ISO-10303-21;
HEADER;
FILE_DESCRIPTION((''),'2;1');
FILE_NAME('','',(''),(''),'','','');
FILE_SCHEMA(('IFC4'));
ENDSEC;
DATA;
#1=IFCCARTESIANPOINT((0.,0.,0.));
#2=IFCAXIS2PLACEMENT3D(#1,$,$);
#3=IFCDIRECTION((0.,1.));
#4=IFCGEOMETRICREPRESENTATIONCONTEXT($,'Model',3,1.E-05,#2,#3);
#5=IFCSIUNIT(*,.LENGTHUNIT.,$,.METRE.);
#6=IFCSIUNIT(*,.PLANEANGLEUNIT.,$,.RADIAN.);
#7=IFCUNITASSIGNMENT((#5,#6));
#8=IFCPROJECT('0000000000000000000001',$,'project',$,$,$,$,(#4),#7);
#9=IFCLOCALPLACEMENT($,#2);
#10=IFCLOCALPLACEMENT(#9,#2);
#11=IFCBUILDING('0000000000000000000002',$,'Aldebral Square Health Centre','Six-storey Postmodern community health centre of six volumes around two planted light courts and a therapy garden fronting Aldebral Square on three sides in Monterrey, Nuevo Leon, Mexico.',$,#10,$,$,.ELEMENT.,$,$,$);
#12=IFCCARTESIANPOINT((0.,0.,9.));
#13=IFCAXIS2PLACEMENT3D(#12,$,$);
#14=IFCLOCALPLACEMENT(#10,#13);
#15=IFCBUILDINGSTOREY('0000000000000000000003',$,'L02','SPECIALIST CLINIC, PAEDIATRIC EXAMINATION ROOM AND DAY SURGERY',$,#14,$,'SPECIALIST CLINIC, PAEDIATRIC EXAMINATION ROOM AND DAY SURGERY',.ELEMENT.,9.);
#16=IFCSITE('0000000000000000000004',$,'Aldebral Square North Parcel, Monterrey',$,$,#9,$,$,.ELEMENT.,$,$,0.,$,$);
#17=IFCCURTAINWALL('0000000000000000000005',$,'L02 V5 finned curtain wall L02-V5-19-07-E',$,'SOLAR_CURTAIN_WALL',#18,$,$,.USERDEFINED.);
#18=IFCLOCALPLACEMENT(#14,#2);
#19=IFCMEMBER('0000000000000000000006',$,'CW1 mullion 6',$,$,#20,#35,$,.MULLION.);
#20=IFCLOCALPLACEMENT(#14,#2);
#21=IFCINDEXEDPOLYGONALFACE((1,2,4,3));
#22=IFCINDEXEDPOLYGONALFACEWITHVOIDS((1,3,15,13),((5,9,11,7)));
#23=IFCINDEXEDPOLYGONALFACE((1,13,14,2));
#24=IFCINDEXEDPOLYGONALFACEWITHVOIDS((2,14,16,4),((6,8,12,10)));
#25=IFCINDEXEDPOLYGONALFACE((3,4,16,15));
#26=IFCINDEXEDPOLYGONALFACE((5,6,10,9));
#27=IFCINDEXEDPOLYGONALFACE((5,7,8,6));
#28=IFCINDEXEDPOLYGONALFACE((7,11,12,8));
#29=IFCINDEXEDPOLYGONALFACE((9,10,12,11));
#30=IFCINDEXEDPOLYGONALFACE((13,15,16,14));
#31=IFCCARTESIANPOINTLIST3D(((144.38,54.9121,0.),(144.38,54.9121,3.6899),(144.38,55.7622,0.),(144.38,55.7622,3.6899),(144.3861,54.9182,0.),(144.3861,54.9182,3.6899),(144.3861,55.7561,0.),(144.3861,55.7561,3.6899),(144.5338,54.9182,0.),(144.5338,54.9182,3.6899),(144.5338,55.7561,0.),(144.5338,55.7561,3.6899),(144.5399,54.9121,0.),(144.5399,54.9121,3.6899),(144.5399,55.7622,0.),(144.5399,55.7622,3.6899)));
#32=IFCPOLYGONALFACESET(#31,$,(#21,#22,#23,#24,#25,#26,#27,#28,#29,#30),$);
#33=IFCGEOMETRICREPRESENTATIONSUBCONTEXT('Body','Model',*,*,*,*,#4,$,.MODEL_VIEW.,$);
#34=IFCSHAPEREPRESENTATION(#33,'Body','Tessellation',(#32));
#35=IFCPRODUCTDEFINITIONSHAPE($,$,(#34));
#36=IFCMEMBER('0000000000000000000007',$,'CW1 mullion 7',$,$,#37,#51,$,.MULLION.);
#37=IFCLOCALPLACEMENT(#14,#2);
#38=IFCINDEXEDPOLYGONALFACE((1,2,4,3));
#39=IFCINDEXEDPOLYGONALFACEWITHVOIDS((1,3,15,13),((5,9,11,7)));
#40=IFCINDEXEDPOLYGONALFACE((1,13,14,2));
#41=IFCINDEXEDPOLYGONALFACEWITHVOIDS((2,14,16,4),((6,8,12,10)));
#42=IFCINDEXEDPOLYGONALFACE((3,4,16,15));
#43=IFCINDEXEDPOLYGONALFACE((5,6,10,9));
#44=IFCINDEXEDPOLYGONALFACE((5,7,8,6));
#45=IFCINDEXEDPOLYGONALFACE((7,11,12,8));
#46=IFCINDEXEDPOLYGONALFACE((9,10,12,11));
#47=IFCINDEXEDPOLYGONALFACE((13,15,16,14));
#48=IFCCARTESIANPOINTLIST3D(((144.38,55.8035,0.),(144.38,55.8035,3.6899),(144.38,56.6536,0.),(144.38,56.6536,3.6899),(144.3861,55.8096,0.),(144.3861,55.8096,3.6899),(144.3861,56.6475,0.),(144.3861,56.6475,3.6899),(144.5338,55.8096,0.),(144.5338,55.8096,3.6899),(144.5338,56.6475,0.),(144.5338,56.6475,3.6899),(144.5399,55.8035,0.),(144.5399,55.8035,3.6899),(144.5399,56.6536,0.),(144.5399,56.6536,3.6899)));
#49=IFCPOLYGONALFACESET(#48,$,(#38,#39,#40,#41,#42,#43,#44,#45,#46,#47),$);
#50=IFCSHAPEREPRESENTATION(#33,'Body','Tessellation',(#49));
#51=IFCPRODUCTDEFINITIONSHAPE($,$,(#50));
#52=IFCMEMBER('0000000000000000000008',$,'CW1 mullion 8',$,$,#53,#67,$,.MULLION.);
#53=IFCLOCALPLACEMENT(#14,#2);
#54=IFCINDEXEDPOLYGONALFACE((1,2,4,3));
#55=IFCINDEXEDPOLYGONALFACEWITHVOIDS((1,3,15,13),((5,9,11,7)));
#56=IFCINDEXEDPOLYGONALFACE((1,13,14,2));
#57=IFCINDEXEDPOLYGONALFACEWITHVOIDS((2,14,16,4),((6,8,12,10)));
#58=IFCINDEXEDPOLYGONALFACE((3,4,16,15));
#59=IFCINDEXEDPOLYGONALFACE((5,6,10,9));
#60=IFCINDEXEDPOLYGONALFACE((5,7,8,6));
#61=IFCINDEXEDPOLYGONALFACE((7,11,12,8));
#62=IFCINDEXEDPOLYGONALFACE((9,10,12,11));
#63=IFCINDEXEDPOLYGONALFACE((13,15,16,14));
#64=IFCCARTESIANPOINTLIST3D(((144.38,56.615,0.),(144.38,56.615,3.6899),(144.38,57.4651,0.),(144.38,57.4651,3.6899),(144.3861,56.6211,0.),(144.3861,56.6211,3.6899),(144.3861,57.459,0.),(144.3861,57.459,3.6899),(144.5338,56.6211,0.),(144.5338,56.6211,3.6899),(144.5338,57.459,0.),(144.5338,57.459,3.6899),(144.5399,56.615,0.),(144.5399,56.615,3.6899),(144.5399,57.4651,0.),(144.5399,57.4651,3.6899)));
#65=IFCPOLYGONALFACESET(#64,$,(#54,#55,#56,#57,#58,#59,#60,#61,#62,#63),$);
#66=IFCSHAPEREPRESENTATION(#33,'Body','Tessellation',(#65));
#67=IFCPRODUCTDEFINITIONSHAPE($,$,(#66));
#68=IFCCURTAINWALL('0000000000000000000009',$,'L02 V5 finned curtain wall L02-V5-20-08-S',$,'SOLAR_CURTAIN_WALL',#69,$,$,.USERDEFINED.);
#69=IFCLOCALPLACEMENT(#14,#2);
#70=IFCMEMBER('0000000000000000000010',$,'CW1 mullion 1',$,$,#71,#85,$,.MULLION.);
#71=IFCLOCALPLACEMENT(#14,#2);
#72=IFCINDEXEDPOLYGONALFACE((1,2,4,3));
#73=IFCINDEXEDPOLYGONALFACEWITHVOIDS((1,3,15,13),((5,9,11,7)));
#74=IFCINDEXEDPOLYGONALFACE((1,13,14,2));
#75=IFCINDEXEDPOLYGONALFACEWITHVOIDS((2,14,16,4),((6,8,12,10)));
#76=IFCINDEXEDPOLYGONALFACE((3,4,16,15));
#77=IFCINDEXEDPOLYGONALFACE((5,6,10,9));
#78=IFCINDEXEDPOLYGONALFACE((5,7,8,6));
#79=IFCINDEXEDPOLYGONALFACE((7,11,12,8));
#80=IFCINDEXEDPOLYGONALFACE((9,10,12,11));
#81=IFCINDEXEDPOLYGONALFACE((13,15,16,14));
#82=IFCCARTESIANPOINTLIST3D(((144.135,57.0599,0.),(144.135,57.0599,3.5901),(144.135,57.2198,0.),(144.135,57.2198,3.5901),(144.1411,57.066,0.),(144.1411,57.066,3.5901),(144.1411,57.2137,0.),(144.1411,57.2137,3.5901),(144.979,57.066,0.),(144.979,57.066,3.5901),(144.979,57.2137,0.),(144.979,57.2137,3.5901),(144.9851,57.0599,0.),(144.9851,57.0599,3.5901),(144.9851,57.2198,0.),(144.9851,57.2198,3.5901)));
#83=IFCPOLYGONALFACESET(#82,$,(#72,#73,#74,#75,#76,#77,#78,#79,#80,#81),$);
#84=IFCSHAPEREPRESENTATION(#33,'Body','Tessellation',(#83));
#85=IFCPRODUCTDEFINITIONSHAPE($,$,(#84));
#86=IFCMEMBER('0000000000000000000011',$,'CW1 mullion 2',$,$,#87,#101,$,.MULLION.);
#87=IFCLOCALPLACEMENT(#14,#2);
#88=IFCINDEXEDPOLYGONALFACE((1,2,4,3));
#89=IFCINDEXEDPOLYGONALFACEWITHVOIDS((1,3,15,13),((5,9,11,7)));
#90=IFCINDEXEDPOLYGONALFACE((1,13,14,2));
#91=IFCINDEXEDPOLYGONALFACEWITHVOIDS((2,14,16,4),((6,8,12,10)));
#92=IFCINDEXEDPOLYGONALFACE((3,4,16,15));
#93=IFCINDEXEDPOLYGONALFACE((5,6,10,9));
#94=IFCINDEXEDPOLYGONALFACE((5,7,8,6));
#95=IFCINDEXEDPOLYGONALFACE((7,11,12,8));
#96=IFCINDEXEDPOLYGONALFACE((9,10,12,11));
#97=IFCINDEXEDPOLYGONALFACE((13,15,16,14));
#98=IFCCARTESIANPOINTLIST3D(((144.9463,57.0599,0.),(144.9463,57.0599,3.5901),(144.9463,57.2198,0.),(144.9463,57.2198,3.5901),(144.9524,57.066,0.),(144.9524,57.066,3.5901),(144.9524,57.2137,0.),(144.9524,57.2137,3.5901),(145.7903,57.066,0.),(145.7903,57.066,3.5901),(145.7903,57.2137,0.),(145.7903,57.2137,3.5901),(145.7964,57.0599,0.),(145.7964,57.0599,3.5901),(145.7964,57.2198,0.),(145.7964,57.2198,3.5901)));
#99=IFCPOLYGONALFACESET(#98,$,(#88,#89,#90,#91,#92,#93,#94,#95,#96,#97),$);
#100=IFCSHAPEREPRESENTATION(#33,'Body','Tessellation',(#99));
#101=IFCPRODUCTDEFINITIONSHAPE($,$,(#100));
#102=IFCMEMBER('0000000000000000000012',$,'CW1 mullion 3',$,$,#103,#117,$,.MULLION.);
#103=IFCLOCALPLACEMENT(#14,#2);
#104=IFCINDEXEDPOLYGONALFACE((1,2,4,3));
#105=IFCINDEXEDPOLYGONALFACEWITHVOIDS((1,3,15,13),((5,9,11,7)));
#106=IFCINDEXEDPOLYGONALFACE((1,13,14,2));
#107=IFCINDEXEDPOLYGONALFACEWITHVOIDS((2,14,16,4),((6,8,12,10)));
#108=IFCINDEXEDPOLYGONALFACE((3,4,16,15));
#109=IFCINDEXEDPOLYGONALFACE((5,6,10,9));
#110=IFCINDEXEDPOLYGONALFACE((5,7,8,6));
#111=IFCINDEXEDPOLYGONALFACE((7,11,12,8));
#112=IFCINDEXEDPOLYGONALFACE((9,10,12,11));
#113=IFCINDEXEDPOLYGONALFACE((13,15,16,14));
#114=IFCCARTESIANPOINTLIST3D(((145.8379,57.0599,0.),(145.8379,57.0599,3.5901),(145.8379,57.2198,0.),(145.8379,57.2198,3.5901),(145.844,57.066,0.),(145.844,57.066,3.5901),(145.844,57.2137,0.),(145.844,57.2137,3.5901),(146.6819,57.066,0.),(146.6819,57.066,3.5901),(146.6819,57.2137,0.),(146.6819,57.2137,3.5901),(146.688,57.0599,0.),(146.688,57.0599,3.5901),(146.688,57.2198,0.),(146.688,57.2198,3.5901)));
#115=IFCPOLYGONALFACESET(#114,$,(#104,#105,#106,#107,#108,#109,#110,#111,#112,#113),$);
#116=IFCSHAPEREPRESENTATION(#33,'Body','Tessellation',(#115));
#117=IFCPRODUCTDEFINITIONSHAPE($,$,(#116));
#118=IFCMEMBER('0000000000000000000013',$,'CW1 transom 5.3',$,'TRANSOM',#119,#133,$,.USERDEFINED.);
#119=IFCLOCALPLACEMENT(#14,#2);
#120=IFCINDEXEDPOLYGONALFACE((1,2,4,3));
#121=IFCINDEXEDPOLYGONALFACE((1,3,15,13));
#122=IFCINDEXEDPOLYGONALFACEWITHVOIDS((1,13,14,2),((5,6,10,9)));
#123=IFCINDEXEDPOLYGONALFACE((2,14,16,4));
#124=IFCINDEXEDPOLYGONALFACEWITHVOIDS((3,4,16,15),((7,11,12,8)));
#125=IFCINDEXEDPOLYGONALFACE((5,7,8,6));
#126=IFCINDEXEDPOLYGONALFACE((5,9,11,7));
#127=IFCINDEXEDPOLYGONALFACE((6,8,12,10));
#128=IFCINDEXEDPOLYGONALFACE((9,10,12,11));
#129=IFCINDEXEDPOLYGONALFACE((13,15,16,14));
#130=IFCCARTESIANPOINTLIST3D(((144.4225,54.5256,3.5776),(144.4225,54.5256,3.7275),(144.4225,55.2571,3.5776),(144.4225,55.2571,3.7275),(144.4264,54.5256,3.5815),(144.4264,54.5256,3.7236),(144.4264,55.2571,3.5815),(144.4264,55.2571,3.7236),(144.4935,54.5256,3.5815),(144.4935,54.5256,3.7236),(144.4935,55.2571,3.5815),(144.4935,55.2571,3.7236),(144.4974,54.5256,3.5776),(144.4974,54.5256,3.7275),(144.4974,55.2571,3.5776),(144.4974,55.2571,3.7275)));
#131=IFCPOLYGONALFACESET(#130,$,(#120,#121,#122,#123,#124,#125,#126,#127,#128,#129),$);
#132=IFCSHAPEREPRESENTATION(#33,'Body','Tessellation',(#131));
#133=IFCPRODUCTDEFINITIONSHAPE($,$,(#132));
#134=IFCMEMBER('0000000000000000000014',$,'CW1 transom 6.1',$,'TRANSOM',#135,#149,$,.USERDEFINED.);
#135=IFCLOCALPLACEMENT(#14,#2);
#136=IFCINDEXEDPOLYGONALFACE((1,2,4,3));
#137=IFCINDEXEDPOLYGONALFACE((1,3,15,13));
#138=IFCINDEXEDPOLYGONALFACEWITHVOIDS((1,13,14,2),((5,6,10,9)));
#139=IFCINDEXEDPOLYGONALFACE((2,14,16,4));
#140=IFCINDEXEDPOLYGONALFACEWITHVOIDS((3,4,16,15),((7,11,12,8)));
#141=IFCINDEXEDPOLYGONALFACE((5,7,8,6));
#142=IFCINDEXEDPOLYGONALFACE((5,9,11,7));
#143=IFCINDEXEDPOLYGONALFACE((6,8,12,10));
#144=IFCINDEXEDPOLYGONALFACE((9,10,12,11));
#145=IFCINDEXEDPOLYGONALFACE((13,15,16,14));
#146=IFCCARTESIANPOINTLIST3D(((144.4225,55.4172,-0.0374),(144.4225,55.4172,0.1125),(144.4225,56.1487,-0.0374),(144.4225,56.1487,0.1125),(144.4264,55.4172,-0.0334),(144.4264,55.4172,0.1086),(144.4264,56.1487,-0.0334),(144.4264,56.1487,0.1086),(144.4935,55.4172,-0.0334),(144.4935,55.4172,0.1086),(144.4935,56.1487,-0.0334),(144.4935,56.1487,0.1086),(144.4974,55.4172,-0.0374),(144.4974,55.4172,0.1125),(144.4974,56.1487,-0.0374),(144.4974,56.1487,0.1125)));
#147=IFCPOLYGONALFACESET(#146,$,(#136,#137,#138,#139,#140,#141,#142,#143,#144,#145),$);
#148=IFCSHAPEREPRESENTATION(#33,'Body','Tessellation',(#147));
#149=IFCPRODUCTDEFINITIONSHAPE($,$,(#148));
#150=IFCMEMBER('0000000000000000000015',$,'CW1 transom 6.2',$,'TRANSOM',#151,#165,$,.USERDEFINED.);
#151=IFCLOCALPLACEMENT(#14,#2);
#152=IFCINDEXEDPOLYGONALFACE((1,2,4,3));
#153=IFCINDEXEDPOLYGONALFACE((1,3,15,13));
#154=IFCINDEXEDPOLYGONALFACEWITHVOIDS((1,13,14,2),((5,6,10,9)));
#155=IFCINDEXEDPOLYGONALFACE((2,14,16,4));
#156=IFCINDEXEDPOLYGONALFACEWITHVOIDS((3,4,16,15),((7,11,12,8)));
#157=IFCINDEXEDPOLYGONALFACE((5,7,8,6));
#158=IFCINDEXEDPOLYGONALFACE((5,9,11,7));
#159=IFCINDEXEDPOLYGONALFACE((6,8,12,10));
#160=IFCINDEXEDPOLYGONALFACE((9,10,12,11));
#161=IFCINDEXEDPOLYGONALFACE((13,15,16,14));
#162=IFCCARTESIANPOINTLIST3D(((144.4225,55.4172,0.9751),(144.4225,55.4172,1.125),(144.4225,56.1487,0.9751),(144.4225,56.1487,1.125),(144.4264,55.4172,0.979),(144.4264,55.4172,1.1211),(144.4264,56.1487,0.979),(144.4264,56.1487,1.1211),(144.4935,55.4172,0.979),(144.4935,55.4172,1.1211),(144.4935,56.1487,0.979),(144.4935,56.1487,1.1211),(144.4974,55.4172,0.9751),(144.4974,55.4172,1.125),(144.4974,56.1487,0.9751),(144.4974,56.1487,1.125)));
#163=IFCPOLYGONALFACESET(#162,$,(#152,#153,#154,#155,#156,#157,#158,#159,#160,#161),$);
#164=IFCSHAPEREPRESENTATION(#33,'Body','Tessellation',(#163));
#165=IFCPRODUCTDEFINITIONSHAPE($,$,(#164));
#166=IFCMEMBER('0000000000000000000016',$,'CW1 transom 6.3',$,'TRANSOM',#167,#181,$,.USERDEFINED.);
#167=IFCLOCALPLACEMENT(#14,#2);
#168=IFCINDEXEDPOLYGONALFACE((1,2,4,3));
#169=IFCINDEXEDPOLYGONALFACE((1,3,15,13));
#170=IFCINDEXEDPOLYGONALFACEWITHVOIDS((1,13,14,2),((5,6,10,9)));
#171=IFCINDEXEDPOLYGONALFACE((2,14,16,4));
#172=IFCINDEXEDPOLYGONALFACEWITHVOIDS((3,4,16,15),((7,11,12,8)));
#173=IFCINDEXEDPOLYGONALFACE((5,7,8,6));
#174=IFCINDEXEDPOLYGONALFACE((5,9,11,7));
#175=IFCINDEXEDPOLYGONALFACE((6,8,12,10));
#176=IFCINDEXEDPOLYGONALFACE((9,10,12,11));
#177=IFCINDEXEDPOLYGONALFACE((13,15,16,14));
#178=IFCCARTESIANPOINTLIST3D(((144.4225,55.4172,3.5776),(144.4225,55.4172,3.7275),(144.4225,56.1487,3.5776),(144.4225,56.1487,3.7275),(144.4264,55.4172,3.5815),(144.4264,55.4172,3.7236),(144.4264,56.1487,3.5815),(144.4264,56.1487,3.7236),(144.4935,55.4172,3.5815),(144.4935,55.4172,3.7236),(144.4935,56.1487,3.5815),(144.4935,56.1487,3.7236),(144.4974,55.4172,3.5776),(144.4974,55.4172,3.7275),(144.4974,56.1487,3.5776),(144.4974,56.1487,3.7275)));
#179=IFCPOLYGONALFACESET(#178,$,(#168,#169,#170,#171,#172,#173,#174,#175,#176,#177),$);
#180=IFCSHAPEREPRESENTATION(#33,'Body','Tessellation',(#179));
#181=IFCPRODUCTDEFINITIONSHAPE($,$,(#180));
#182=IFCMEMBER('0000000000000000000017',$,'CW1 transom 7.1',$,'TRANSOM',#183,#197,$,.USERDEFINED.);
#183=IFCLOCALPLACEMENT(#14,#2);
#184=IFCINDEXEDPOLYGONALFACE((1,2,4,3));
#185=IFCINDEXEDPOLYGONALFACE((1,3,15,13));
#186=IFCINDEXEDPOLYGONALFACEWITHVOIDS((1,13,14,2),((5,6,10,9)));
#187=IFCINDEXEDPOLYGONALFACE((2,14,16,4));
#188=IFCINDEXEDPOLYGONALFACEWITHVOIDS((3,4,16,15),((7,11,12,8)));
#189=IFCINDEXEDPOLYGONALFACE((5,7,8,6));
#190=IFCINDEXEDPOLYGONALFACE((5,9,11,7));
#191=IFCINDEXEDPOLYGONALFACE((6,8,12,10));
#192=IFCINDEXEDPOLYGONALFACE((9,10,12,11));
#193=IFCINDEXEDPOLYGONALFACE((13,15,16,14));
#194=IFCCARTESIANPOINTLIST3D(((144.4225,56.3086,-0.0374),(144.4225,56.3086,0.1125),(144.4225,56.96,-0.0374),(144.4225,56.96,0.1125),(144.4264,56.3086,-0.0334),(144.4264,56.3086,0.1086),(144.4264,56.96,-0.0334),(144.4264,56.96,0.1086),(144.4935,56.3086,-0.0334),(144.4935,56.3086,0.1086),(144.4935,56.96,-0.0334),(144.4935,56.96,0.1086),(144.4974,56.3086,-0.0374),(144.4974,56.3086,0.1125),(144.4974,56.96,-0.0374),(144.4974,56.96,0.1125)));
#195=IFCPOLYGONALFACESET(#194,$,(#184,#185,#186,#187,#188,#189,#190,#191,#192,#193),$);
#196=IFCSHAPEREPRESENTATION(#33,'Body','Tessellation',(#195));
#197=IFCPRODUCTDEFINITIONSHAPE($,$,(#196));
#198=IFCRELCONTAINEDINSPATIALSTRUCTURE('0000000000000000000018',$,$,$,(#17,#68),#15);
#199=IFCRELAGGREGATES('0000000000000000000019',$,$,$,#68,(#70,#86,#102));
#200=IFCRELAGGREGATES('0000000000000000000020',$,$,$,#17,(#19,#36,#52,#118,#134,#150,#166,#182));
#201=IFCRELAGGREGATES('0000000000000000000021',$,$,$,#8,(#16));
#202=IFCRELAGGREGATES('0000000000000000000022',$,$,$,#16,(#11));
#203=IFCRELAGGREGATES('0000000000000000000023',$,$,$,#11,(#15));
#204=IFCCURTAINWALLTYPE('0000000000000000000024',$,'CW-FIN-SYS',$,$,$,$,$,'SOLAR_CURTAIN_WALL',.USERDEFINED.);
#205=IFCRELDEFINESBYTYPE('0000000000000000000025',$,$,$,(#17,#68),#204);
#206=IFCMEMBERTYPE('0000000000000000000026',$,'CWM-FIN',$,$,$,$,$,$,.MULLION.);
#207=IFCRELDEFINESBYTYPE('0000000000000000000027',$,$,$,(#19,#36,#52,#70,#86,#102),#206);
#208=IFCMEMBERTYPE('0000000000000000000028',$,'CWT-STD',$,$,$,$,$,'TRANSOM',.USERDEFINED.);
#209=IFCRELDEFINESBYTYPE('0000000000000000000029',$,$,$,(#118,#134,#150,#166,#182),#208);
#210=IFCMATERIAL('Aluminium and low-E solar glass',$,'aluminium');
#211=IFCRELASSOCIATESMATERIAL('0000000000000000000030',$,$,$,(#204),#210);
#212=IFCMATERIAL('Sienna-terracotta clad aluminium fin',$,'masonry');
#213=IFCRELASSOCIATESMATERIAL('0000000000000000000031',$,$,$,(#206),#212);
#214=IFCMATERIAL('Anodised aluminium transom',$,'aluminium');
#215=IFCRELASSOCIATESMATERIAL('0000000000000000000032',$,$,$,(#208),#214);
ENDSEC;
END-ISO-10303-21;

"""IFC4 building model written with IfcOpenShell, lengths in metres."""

from ifc_helpers import new_model, si_unit, direction, frame, origin, origin_2d, place, context, subcontext, project, spatial, hollow_rectangle, extrude, material, material_profile, profile_set, type_object, element, aggregate, save


model = new_model("IFC4")

# Units and contexts
model_context = context("Model", 3, precision=1e-05, world=origin(), true_north=direction((0.0, 1.0)))
body_context = subcontext(model_context, "Body", "Model", "MODEL_VIEW")
ifc_project = project(units=[si_unit("LENGTHUNIT", "METRE"), si_unit("PLANEANGLEUNIT", "RADIAN")], contexts=[model_context])

# Site, building, storey
site_placement = place(None, origin())
site = spatial("IfcSite", under=ifc_project, at=site_placement, Name="Aldebral Square North Parcel, Monterrey", CompositionType="ELEMENT", RefElevation=0.0)
building_placement = place(site_placement, origin())
building = spatial("IfcBuilding", under=site, at=building_placement, Name="Aldebral Square Health Centre", Description="Six-storey Postmodern community health centre of six volumes around two planted light courts and a therapy garden fronting Aldebral Square on three sides in Monterrey, Nuevo Leon, Mexico.", CompositionType="ELEMENT")
storey_placement = place(building_placement, frame((0.0, 0.0, 9.0)))
storey = spatial("IfcBuildingStorey", under=building, at=storey_placement, Name="L02", Description="SPECIALIST CLINIC, PAEDIATRIC EXAMINATION ROOM AND DAY SURGERY", LongName="SPECIALIST CLINIC, PAEDIATRIC EXAMINATION ROOM AND DAY SURGERY", CompositionType="ELEMENT", Elevation=9.0)

# Curtain walls, members
ifc_material_1 = material(Name="Aluminium and low-E solar glass", Category="aluminium")
curtain_wall_type = type_object("IfcCurtainWallType", Name="CW-FIN-SYS", ElementType="SOLAR_CURTAIN_WALL", PredefinedType="USERDEFINED", material=ifc_material_1)
curtain_wall_1_placement = place(storey_placement, origin())
curtain_wall_1 = element("IfcCurtainWall", 1, at=curtain_wall_1_placement, inside=storey, type_object=curtain_wall_type, Name="L02 V5 finned curtain wall L02-V5-19-07-E", ObjectType="SOLAR_CURTAIN_WALL", PredefinedType="USERDEFINED")
ifc_material_2 = material(Name="Sienna-terracotta clad aluminium fin", Category="masonry")
ifc_material_profile_1 = material_profile(ifc_material_2, hollow_rectangle(XDim=0.1599, YDim=0.8501, WallThickness=0.0061, at=origin_2d()), Name="FIN 160x850x6")
ifc_profile_set_1 = profile_set([ifc_material_profile_1], Name="Sienna-terracotta clad aluminium fin")
member_type_1 = type_object("IfcMemberType", Name="CWM-FIN", PredefinedType="MULLION", material=ifc_profile_set_1)
member_1_placement = place(storey_placement, frame((144.46, 55.3372, 0.0), z_axis=(0.0, 0.0, 1.0), x_axis=(-1.0, 0.0, 0.0)))
member_1 = element("IfcMember", 2, at=member_1_placement, type_object=member_type_1, Name="CW1 mullion 6", PredefinedType="MULLION", context=body_context, shape_type="SweptSolid", body=[
    extrude(hollow_rectangle(XDim=0.1599, YDim=0.8501, WallThickness=0.0061, at=origin_2d()), origin(), (0.0, 0.0, 1.0), 3.6899),
])
member_2_placement = place(storey_placement, frame((144.46, 56.2285, 0.0), z_axis=(0.0, 0.0, 1.0), x_axis=(-1.0, 0.0, 0.0)))
member_2 = element("IfcMember", 3, at=member_2_placement, type_object=member_type_1, Name="CW1 mullion 7", PredefinedType="MULLION", context=body_context, shape_type="SweptSolid", body=[
    extrude(hollow_rectangle(XDim=0.1599, YDim=0.8501, WallThickness=0.0061, at=origin_2d()), origin(), (0.0, 0.0, 1.0), 3.6899),
])
member_3_placement = place(storey_placement, frame((144.46, 57.04, 0.0), z_axis=(0.0, 0.0, 1.0), x_axis=(-1.0, 0.0, 0.0)))
member_3 = element("IfcMember", 4, at=member_3_placement, type_object=member_type_1, Name="CW1 mullion 8", PredefinedType="MULLION", context=body_context, shape_type="SweptSolid", body=[
    extrude(hollow_rectangle(XDim=0.1599, YDim=0.8501, WallThickness=0.0061, at=origin_2d()), origin(), (0.0, 0.0, 1.0), 3.6899),
])
curtain_wall_2_placement = place(storey_placement, origin())
curtain_wall_2 = element("IfcCurtainWall", 5, at=curtain_wall_2_placement, inside=storey, type_object=curtain_wall_type, Name="L02 V5 finned curtain wall L02-V5-20-08-S", ObjectType="SOLAR_CURTAIN_WALL", PredefinedType="USERDEFINED")
member_4_placement = place(storey_placement, frame((144.5601, 57.1399, 0.0), z_axis=(0.0, 0.0, 1.0), x_axis=(0.0, 1.0, 0.0)))
member_4 = element("IfcMember", 6, at=member_4_placement, type_object=member_type_1, Name="CW1 mullion 1", PredefinedType="MULLION", context=body_context, shape_type="SweptSolid", body=[
    extrude(hollow_rectangle(XDim=0.1599, YDim=0.8501, WallThickness=0.0061, at=origin_2d()), origin(), (0.0, 0.0, 1.0), 3.5901),
])
member_5_placement = place(storey_placement, frame((145.3713, 57.1399, 0.0), z_axis=(0.0, 0.0, 1.0), x_axis=(0.0, 1.0, 0.0)))
member_5 = element("IfcMember", 7, at=member_5_placement, type_object=member_type_1, Name="CW1 mullion 2", PredefinedType="MULLION", context=body_context, shape_type="SweptSolid", body=[
    extrude(hollow_rectangle(XDim=0.1599, YDim=0.8501, WallThickness=0.0061, at=origin_2d()), origin(), (0.0, 0.0, 1.0), 3.5901),
])
member_6_placement = place(storey_placement, frame((146.2629, 57.1399, 0.0), z_axis=(0.0, 0.0, 1.0), x_axis=(0.0, 1.0, 0.0)))
member_6 = element("IfcMember", 8, at=member_6_placement, type_object=member_type_1, Name="CW1 mullion 3", PredefinedType="MULLION", context=body_context, shape_type="SweptSolid", body=[
    extrude(hollow_rectangle(XDim=0.1599, YDim=0.8501, WallThickness=0.0061, at=origin_2d()), origin(), (0.0, 0.0, 1.0), 3.5901),
])

# Members
ifc_material_3 = material(Name="Anodised aluminium transom", Category="aluminium")
ifc_material_profile_2 = material_profile(ifc_material_3, hollow_rectangle(XDim=0.075, YDim=0.1499, WallThickness=0.0039, at=origin_2d()), Name="CWT 75x150x4")
ifc_profile_set_2 = profile_set([ifc_material_profile_2], Name="Anodised aluminium transom")
member_type_2 = type_object("IfcMemberType", Name="CWT-STD", ElementType="TRANSOM", PredefinedType="USERDEFINED", material=ifc_profile_set_2)
member_7_placement = place(storey_placement, frame((144.46, 54.5256, 3.6526), z_axis=(0.0, 1.0, 0.0), x_axis=(-1.0, 0.0, 0.0)))
member_7 = element("IfcMember", 9, at=member_7_placement, type_object=member_type_2, Name="CW1 transom 5.3", ObjectType="TRANSOM", PredefinedType="USERDEFINED", context=body_context, shape_type="SweptSolid", body=[
    extrude(hollow_rectangle(XDim=0.075, YDim=0.1499, WallThickness=0.0039, at=origin_2d()), origin(), (0.0, 0.0, 1.0), 0.7314),
])
member_8_placement = place(storey_placement, frame((144.46, 55.4172, 0.0376), z_axis=(0.0, 1.0, 0.0), x_axis=(-1.0, 0.0, 0.0)))
member_8 = element("IfcMember", 10, at=member_8_placement, type_object=member_type_2, Name="CW1 transom 6.1", ObjectType="TRANSOM", PredefinedType="USERDEFINED", context=body_context, shape_type="SweptSolid", body=[
    extrude(hollow_rectangle(XDim=0.075, YDim=0.1499, WallThickness=0.0039, at=origin_2d()), origin(), (0.0, 0.0, 1.0), 0.7314),
])
member_9_placement = place(storey_placement, frame((144.46, 55.4172, 1.05), z_axis=(0.0, 1.0, 0.0), x_axis=(-1.0, 0.0, 0.0)))
member_9 = element("IfcMember", 11, at=member_9_placement, type_object=member_type_2, Name="CW1 transom 6.2", ObjectType="TRANSOM", PredefinedType="USERDEFINED", context=body_context, shape_type="SweptSolid", body=[
    extrude(hollow_rectangle(XDim=0.075, YDim=0.1499, WallThickness=0.0039, at=origin_2d()), origin(), (0.0, 0.0, 1.0), 0.7314),
])
member_10_placement = place(storey_placement, frame((144.46, 55.4172, 3.6526), z_axis=(0.0, 1.0, 0.0), x_axis=(-1.0, 0.0, 0.0)))
member_10 = element("IfcMember", 12, at=member_10_placement, type_object=member_type_2, Name="CW1 transom 6.3", ObjectType="TRANSOM", PredefinedType="USERDEFINED", context=body_context, shape_type="SweptSolid", body=[
    extrude(hollow_rectangle(XDim=0.075, YDim=0.1499, WallThickness=0.0039, at=origin_2d()), origin(), (0.0, 0.0, 1.0), 0.7314),
])
member_11_placement = place(storey_placement, frame((144.46, 56.3086, 0.0376), z_axis=(0.0, 1.0, 0.0), x_axis=(-1.0, 0.0, 0.0)))
member_11 = element("IfcMember", 13, at=member_11_placement, type_object=member_type_2, Name="CW1 transom 7.1", ObjectType="TRANSOM", PredefinedType="USERDEFINED", context=body_context, shape_type="SweptSolid", body=[
    extrude(hollow_rectangle(XDim=0.075, YDim=0.1499, WallThickness=0.0039, at=origin_2d()), origin(), (0.0, 0.0, 1.0), 0.6514),
])

aggregate(curtain_wall_2, [member_4, member_5, member_6])
aggregate(curtain_wall_1, [member_1, member_2, member_3, member_7, member_8, member_9, member_10, member_11])

save(model, "model.ifc")
